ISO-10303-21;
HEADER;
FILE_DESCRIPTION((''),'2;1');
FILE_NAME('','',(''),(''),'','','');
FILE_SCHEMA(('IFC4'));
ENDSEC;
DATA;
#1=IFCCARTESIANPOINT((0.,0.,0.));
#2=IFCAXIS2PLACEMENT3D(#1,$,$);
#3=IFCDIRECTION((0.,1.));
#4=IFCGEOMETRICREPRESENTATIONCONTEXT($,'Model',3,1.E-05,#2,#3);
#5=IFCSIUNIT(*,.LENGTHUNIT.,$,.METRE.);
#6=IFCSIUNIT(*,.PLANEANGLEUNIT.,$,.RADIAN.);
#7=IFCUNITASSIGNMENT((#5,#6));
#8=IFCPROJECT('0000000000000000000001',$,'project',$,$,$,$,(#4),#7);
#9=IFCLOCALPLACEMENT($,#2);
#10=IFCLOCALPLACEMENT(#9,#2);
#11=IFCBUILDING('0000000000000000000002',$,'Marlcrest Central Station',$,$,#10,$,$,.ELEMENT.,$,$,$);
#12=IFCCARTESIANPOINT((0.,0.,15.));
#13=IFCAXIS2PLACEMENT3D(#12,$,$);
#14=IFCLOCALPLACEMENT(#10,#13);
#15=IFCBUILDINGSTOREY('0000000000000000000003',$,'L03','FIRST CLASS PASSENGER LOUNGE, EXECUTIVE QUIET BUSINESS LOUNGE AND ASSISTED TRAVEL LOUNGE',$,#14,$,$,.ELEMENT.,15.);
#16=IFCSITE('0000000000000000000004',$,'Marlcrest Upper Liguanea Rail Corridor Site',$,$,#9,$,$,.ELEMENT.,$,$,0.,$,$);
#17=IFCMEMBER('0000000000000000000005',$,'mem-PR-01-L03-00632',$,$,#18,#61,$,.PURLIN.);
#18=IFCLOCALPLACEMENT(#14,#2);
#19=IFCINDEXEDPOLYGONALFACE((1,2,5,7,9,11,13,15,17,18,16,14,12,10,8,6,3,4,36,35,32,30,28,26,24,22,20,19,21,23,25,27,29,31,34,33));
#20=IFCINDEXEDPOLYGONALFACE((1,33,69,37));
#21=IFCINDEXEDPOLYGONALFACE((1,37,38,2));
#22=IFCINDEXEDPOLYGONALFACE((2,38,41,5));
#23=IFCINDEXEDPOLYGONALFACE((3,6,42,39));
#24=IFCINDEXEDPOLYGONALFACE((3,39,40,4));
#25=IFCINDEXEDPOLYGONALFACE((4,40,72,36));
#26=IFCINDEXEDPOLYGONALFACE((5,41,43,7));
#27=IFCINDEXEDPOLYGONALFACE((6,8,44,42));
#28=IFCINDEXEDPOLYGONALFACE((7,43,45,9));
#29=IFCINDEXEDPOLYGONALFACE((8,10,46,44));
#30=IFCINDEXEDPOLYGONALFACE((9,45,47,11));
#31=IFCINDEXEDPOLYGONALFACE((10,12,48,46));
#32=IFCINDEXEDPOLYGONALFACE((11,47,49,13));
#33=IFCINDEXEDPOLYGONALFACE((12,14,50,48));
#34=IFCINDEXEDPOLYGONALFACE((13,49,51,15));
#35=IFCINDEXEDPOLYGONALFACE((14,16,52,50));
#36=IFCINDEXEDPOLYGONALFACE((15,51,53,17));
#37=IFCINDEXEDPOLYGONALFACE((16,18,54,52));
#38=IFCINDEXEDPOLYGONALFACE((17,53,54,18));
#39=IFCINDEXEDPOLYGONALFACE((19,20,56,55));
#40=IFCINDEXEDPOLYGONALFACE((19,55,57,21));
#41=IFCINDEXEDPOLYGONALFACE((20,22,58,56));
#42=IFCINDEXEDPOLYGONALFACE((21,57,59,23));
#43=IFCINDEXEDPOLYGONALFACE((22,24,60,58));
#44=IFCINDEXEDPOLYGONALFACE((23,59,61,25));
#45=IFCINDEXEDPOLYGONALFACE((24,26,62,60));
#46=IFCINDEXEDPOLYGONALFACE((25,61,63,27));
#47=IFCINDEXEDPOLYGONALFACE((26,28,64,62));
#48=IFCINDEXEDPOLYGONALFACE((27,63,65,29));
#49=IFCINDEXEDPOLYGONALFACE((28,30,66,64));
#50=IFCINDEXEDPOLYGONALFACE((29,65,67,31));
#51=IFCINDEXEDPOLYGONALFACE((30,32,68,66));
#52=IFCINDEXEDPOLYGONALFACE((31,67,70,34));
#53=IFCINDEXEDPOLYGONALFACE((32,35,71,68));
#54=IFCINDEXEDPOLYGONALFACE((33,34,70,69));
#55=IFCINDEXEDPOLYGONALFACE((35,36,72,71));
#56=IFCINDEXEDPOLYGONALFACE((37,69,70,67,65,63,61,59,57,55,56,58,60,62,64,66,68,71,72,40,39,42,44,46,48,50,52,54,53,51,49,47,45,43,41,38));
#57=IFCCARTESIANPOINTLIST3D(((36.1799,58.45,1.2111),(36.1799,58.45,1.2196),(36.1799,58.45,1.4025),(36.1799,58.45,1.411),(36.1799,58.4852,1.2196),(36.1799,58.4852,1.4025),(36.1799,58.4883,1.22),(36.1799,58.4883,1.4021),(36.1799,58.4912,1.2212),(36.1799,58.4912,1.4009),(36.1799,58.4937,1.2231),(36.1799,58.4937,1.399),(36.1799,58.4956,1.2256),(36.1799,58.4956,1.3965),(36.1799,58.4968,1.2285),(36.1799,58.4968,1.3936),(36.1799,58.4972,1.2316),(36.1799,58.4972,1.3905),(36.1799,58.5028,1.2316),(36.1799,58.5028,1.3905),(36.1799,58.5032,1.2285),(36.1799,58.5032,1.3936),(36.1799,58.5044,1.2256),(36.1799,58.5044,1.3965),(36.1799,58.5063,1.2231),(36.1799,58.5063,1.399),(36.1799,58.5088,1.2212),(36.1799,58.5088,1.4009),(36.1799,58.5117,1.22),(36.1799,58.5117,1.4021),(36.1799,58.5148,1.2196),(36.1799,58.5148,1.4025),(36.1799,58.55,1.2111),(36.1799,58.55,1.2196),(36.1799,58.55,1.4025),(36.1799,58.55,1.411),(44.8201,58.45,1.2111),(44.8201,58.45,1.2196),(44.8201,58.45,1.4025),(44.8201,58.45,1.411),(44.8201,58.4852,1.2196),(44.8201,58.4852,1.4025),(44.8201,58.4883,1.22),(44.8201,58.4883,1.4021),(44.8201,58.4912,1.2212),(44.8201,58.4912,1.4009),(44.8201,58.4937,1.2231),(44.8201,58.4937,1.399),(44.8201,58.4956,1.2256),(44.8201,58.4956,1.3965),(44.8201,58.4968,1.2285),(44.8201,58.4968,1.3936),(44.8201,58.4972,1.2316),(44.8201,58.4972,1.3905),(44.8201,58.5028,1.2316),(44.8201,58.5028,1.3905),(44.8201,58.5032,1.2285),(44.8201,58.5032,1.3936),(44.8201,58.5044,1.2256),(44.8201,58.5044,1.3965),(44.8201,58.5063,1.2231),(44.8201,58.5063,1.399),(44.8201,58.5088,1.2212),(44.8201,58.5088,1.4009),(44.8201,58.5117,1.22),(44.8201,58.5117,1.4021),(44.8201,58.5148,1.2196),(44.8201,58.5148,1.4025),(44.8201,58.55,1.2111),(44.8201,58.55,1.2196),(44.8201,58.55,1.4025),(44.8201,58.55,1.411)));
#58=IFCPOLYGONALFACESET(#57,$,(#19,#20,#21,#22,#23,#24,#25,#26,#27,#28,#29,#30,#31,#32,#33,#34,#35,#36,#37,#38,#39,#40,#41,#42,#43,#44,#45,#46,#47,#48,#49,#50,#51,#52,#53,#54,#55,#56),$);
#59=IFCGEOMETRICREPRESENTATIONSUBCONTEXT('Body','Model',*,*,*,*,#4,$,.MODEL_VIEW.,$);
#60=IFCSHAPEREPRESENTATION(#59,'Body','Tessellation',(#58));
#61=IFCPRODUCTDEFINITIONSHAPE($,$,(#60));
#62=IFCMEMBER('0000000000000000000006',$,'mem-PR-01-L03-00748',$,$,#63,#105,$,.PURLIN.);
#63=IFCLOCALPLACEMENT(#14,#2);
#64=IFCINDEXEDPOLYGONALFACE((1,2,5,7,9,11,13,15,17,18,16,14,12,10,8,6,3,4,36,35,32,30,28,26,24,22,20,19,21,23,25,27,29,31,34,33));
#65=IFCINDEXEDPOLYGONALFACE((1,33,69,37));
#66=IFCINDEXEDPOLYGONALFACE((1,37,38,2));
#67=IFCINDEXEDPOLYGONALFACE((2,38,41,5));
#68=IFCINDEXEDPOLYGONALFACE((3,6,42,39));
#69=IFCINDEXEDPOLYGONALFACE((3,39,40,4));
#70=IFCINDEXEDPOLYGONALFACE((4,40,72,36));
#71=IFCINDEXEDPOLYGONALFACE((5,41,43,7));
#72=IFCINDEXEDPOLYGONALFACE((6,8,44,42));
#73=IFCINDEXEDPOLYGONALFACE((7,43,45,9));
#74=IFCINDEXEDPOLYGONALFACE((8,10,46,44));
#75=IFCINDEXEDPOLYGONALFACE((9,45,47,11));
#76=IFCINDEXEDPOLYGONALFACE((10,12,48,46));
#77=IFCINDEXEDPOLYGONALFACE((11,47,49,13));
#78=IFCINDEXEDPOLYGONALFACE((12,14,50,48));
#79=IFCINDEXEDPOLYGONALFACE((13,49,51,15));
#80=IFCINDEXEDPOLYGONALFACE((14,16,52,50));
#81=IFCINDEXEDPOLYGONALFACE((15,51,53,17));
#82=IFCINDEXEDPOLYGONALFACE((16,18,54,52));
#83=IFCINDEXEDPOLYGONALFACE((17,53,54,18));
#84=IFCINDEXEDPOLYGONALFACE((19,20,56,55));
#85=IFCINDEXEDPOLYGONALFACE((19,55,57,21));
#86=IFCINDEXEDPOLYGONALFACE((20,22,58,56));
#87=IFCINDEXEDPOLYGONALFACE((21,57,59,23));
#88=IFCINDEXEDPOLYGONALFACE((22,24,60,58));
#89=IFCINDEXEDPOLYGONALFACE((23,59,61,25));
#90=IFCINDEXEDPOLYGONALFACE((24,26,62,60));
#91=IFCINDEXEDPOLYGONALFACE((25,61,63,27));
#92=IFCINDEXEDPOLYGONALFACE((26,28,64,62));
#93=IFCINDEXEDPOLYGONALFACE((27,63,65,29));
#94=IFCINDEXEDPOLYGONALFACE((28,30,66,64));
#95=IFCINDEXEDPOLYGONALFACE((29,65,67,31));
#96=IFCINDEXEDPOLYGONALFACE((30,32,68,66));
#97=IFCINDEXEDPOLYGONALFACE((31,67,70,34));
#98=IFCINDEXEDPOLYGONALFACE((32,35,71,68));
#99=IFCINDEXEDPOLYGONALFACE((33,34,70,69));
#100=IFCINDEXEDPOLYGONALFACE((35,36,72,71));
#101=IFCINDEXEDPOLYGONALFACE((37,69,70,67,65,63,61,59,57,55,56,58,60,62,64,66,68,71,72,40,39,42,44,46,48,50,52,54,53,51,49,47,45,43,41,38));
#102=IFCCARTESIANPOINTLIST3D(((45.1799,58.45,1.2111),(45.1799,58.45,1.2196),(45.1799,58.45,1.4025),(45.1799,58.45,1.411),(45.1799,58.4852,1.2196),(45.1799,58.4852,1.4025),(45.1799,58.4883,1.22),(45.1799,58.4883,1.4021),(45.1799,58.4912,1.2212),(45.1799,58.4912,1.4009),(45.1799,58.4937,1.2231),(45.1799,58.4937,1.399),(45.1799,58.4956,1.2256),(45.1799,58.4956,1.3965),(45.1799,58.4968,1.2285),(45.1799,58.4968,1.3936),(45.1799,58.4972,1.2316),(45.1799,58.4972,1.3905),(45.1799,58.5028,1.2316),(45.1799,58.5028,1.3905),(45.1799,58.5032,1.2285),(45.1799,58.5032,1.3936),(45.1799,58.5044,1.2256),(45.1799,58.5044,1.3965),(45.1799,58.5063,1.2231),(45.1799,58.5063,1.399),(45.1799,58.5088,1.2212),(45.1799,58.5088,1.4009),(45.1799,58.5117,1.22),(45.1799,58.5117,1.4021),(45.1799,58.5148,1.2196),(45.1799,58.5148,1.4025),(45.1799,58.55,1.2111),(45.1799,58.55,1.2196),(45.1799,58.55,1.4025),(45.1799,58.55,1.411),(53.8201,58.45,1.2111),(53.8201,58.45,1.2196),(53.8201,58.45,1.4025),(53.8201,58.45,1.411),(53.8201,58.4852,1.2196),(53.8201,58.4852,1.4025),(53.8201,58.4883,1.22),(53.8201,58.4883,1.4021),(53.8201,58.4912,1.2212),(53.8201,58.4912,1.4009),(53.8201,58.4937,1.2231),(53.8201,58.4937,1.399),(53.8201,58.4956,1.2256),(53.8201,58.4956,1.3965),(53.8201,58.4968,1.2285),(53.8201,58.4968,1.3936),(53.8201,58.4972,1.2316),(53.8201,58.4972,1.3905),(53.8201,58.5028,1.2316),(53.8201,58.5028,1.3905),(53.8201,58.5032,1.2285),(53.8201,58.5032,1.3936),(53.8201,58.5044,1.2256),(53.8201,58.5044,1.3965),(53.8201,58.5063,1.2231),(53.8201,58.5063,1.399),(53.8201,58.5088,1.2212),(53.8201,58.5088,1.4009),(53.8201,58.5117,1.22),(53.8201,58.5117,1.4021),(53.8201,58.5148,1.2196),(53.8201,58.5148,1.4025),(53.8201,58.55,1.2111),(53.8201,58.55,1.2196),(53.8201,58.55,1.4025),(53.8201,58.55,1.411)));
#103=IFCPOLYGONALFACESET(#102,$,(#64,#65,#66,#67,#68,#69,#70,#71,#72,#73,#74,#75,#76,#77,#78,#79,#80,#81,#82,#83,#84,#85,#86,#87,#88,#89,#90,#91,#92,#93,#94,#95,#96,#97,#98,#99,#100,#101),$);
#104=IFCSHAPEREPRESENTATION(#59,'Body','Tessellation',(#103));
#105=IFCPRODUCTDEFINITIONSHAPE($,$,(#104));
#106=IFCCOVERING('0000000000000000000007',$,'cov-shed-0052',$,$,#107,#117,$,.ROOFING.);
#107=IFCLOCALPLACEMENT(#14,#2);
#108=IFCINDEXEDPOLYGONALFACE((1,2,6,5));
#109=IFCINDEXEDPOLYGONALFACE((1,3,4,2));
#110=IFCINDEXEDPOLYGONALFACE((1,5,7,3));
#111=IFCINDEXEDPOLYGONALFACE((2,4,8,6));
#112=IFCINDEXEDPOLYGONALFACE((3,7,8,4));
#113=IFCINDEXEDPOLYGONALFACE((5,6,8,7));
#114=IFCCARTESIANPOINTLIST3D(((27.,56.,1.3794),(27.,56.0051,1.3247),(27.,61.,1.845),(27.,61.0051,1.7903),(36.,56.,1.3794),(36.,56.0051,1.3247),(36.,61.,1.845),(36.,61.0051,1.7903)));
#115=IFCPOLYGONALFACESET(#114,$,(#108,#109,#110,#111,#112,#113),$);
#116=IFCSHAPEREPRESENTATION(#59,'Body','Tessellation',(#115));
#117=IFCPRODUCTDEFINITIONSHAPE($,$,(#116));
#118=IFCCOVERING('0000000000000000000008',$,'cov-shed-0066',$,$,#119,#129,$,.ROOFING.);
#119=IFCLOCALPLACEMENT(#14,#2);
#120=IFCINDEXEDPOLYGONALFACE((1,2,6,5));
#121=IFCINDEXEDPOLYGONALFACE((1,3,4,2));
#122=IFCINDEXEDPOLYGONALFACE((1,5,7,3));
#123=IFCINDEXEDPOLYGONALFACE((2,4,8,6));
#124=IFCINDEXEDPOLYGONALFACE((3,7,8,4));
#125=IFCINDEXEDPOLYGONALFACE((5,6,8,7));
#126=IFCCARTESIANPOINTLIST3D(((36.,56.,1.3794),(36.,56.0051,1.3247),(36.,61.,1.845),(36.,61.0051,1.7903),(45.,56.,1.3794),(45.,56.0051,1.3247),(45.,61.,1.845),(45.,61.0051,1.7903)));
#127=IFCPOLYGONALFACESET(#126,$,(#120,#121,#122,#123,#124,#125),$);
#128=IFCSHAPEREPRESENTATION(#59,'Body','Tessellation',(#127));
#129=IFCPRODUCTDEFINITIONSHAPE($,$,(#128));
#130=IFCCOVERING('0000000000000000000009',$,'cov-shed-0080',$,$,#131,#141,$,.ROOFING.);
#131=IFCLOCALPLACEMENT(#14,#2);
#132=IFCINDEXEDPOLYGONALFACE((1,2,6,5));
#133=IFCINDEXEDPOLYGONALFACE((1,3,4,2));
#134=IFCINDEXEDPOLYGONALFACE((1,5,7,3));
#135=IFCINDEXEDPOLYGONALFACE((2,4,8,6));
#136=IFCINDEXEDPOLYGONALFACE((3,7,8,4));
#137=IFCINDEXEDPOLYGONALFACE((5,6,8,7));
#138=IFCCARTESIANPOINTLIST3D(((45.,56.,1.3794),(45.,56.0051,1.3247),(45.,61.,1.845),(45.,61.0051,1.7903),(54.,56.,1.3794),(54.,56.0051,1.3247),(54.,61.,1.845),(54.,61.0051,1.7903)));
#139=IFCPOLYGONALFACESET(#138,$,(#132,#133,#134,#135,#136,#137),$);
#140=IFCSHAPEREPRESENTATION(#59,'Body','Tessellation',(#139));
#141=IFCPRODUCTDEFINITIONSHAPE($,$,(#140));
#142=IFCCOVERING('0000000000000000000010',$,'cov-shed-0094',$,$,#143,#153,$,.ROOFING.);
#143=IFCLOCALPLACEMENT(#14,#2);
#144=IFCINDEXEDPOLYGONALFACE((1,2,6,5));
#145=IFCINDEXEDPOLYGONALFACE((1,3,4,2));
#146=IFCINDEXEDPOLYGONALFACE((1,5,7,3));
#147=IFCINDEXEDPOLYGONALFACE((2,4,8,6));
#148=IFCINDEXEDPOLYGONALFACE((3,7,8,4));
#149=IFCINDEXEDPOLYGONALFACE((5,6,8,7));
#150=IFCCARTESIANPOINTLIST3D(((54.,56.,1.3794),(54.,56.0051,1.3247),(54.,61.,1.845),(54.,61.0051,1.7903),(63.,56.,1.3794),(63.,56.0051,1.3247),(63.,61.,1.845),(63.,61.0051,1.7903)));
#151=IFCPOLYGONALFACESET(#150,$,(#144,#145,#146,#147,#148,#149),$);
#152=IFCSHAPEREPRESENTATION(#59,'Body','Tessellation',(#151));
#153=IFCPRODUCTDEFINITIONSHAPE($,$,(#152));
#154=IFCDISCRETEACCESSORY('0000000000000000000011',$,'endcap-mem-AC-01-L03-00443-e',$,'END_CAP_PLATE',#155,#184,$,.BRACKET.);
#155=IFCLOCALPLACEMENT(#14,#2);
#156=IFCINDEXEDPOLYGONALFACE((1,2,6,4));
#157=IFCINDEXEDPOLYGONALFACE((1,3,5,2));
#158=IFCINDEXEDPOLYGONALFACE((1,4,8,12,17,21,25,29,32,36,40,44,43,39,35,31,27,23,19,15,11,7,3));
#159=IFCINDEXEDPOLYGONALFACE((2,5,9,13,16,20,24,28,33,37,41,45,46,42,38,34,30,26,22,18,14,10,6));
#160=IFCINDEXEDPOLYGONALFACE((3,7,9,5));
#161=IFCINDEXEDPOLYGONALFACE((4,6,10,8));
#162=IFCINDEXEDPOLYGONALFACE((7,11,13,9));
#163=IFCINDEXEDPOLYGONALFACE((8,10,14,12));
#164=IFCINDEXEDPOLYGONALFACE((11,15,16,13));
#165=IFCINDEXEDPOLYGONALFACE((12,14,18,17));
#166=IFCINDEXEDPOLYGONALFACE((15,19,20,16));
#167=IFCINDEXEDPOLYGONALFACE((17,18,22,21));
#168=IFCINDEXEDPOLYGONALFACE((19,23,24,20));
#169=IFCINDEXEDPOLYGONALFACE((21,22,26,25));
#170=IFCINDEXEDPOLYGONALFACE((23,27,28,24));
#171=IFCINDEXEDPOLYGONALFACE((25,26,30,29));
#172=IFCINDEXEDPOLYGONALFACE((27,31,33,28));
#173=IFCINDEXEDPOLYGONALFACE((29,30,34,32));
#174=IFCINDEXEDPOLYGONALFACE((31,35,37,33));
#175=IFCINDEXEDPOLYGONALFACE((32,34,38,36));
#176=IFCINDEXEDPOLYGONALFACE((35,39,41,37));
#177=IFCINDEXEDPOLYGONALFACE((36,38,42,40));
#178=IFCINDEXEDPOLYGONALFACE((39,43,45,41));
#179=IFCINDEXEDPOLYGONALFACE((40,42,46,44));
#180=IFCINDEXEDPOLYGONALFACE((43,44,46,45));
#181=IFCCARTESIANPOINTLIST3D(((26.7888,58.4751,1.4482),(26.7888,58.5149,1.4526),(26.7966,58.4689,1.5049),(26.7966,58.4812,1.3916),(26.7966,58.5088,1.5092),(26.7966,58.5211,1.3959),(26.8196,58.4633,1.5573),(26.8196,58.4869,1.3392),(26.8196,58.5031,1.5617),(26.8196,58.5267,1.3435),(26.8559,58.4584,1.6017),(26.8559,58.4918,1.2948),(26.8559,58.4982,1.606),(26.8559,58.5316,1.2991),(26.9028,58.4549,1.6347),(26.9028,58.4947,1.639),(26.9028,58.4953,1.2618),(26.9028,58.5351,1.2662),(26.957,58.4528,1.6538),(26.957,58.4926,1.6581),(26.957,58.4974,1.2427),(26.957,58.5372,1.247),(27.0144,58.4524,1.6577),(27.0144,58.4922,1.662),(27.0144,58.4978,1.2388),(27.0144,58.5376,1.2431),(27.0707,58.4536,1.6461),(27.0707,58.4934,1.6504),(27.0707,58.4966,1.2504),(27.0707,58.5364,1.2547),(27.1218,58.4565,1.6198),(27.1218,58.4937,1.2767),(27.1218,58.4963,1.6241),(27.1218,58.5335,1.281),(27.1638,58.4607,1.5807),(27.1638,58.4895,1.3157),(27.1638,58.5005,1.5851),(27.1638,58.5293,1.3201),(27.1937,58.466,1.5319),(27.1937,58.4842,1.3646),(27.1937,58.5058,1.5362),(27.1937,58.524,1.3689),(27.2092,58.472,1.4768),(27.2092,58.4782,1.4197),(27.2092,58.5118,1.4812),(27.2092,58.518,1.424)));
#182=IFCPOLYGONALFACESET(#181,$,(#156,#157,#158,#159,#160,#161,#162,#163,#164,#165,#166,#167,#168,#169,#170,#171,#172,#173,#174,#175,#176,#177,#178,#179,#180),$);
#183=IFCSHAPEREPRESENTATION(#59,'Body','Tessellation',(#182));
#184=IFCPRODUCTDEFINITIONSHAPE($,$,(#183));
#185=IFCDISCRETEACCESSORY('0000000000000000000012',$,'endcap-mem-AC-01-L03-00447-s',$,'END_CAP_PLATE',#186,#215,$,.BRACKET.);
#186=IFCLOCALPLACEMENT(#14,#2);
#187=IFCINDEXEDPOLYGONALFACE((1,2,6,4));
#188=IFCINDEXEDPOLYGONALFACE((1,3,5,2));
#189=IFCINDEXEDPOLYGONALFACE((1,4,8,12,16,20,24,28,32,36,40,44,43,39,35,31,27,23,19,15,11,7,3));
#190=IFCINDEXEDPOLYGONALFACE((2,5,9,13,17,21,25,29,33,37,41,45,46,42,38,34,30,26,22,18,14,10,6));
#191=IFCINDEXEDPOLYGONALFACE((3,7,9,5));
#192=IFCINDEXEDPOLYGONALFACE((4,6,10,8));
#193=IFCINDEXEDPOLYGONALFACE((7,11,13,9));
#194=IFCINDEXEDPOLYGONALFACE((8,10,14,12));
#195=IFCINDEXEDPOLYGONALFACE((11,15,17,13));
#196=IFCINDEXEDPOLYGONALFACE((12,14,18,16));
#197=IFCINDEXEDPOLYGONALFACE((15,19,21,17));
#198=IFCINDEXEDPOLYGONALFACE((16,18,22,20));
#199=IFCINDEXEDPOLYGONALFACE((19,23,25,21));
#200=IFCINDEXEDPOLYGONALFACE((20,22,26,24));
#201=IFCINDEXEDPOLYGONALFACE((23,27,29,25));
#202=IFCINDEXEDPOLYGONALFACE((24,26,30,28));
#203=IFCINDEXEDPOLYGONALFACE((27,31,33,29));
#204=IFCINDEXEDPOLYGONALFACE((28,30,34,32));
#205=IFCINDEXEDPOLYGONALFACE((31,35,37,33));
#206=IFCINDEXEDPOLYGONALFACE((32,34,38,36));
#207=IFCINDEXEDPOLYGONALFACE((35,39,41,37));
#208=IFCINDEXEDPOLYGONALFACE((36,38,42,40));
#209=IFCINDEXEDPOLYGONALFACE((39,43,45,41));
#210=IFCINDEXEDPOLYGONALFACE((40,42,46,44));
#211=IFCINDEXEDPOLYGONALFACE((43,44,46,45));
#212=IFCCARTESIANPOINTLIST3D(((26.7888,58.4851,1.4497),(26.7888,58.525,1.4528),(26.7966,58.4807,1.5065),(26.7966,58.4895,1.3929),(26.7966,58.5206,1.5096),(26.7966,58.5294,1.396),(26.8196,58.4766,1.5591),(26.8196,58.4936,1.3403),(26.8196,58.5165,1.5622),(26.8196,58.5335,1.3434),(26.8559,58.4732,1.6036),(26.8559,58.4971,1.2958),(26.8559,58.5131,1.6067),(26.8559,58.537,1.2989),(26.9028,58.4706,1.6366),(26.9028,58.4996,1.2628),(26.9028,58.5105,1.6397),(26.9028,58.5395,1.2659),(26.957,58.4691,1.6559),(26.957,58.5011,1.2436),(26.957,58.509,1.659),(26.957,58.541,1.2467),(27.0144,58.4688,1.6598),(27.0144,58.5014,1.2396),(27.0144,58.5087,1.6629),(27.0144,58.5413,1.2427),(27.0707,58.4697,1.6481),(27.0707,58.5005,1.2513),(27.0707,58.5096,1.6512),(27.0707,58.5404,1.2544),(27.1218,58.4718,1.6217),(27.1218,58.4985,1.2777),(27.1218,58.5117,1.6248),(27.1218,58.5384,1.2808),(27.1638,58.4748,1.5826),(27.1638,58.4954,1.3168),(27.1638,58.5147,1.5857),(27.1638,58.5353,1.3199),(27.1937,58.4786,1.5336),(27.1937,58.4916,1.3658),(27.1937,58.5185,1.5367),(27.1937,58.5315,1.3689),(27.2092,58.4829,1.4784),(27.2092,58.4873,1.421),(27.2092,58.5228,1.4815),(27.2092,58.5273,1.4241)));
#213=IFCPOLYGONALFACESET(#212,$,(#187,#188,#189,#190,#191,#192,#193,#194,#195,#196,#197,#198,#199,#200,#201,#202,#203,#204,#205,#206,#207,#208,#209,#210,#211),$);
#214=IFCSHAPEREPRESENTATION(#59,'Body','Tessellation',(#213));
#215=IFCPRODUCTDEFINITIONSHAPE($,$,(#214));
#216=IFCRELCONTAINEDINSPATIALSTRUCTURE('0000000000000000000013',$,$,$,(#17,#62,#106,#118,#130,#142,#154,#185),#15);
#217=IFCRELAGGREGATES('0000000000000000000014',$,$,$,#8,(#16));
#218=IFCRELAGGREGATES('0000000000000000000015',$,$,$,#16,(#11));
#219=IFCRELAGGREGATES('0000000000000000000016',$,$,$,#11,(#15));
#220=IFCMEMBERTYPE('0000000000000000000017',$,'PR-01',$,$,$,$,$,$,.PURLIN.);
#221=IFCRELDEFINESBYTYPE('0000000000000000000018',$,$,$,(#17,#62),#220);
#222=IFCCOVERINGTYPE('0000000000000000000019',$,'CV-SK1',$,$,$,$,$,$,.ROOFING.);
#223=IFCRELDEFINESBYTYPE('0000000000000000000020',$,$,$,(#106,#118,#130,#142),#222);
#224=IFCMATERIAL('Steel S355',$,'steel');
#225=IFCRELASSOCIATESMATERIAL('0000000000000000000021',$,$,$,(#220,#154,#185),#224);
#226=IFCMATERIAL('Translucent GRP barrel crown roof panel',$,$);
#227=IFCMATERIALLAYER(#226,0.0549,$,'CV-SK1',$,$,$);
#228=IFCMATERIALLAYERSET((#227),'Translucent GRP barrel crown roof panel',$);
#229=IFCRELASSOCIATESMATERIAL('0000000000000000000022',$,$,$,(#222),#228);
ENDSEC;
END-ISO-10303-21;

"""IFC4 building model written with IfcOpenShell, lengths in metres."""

from ifc_helpers import new_model, si_unit, direction, frame, origin, origin_2d, place, context, subcontext, project, spatial, polyline, circle, i_section, outline, extrude, material, layer, layer_set, material_profile, profile_set, type_object, element, save


model = new_model("IFC4")

# Units and contexts
model_context = context("Model", 3, precision=1e-05, world=origin(), true_north=direction((0.0, 1.0)))
body_context = subcontext(model_context, "Body", "Model", "MODEL_VIEW")
ifc_project = project(units=[si_unit("LENGTHUNIT", "METRE"), si_unit("PLANEANGLEUNIT", "RADIAN")], contexts=[model_context])

# Site, building, storey
site_placement = place(None, origin())
site = spatial("IfcSite", under=ifc_project, at=site_placement, Name="Marlcrest Upper Liguanea Rail Corridor Site", CompositionType="ELEMENT", RefElevation=0.0)
building_placement = place(site_placement, origin())
building = spatial("IfcBuilding", under=site, at=building_placement, Name="Marlcrest Central Station", CompositionType="ELEMENT")
storey_placement = place(building_placement, frame((0.0, 0.0, 15.0)))
storey = spatial("IfcBuildingStorey", under=building, at=storey_placement, Name="L03", Description="FIRST CLASS PASSENGER LOUNGE, EXECUTIVE QUIET BUSINESS LOUNGE AND ASSISTED TRAVEL LOUNGE", CompositionType="ELEMENT", Elevation=15.0)

# Members
ifc_material_1 = material(Name="Steel S355", Category="steel")
ifc_material_profile_1 = material_profile(ifc_material_1, i_section(OverallWidth=0.1001, OverallDepth=0.2, WebThickness=0.0056, FlangeThickness=0.0085, FilletRadius=0.012, at=origin_2d()), Name="IPE 200")
ifc_profile_set_1 = profile_set([ifc_material_profile_1], Name="Steel S355")
member_type_1 = type_object("IfcMemberType", Name="PR-01", PredefinedType="PURLIN", material=ifc_profile_set_1)
for number, where, z_axis, x_axis, name in (
    (1, (36.1799, 58.5, 1.311), (1.0, 0.0, 0.0), (0.0, 1.0, 0.0), "mem-PR-01-L03-00632"),
    (2, (45.1799, 58.5, 1.311), (1.0, 0.0, 0.0), (0.0, 1.0, 0.0), "mem-PR-01-L03-00748"),
):
    element("IfcMember", number, at=place(storey_placement, frame(where, z_axis=z_axis, x_axis=x_axis)), inside=storey, type_object=member_type_1, Name=name, PredefinedType="PURLIN", context=body_context, shape_type="SweptSolid", body=[
        extrude(i_section(OverallWidth=0.1001, OverallDepth=0.2, WebThickness=0.0056, FlangeThickness=0.0085, FilletRadius=0.012, at=origin_2d()), origin(), (0.0, 0.0, 1.0), 8.6401),
    ])

# Coverings
ifc_material_2 = material(Name="Translucent GRP barrel crown roof panel")
ifc_layer = layer(ifc_material_2, 0.0549, Name="CV-SK1")
ifc_layer_set = layer_set([ifc_layer], Name="Translucent GRP barrel crown roof panel")
covering_type = type_object("IfcCoveringType", Name="CV-SK1", PredefinedType="ROOFING", material=ifc_layer_set)
for number, where, z_axis, x_axis, name in (
    (3, (27.0, 56.0, 1.3794), (0.0, -0.092714, 0.995693), (1.0, 0.0, 0.0), "cov-shed-0052"),
    (4, (36.0, 56.0, 1.3794), (0.0, -0.092714, 0.995693), (1.0, 0.0, 0.0), "cov-shed-0066"),
    (5, (45.0, 56.0, 1.3794), (0.0, -0.092714, 0.995693), (1.0, 0.0, 0.0), "cov-shed-0080"),
    (6, (54.0, 56.0, 1.3794), (0.0, -0.092714, 0.995693), (1.0, 0.0, 0.0), "cov-shed-0094"),
):
    element("IfcCovering", number, at=place(storey_placement, frame(where, z_axis=z_axis, x_axis=x_axis)), inside=storey, type_object=covering_type, Name=name, PredefinedType="ROOFING", context=body_context, shape_type="SweptSolid", body=[
        extrude(outline(polyline([(0.0, 0.0), (9.0, 0.0), (9.0, 5.0216), (0.0, 5.0216), (0.0, 0.0)])), origin(), (0.0, 0.0, -1.0), 0.0549),
    ])

# Discrete accessories
for number, where, z_axis, x_axis, name in (
    (7, (27.0, 58.4751, 1.4482), (0.0, 0.994155, 0.107959), (-1.0, 0.0, 0.0), "endcap-mem-AC-01-L03-00443-e"),
    (8, (27.0, 58.4851, 1.4497), (0.0, 0.997, 0.077404), (-1.0, 0.0, 0.0), "endcap-mem-AC-01-L03-00447-s"),
):
    element("IfcDiscreteAccessory", number, at=place(storey_placement, frame(where, z_axis=z_axis, x_axis=x_axis)), inside=storey, material=ifc_material_1, Name=name, ObjectType="END_CAP_PLATE", PredefinedType="BRACKET", context=body_context, shape_type="SweptSolid", body=[
        extrude(circle(Radius=0.2112, at=origin_2d()), origin(), (0.0, 0.0, 1.0), 0.04),
    ])

save(model, "model.ifc")
